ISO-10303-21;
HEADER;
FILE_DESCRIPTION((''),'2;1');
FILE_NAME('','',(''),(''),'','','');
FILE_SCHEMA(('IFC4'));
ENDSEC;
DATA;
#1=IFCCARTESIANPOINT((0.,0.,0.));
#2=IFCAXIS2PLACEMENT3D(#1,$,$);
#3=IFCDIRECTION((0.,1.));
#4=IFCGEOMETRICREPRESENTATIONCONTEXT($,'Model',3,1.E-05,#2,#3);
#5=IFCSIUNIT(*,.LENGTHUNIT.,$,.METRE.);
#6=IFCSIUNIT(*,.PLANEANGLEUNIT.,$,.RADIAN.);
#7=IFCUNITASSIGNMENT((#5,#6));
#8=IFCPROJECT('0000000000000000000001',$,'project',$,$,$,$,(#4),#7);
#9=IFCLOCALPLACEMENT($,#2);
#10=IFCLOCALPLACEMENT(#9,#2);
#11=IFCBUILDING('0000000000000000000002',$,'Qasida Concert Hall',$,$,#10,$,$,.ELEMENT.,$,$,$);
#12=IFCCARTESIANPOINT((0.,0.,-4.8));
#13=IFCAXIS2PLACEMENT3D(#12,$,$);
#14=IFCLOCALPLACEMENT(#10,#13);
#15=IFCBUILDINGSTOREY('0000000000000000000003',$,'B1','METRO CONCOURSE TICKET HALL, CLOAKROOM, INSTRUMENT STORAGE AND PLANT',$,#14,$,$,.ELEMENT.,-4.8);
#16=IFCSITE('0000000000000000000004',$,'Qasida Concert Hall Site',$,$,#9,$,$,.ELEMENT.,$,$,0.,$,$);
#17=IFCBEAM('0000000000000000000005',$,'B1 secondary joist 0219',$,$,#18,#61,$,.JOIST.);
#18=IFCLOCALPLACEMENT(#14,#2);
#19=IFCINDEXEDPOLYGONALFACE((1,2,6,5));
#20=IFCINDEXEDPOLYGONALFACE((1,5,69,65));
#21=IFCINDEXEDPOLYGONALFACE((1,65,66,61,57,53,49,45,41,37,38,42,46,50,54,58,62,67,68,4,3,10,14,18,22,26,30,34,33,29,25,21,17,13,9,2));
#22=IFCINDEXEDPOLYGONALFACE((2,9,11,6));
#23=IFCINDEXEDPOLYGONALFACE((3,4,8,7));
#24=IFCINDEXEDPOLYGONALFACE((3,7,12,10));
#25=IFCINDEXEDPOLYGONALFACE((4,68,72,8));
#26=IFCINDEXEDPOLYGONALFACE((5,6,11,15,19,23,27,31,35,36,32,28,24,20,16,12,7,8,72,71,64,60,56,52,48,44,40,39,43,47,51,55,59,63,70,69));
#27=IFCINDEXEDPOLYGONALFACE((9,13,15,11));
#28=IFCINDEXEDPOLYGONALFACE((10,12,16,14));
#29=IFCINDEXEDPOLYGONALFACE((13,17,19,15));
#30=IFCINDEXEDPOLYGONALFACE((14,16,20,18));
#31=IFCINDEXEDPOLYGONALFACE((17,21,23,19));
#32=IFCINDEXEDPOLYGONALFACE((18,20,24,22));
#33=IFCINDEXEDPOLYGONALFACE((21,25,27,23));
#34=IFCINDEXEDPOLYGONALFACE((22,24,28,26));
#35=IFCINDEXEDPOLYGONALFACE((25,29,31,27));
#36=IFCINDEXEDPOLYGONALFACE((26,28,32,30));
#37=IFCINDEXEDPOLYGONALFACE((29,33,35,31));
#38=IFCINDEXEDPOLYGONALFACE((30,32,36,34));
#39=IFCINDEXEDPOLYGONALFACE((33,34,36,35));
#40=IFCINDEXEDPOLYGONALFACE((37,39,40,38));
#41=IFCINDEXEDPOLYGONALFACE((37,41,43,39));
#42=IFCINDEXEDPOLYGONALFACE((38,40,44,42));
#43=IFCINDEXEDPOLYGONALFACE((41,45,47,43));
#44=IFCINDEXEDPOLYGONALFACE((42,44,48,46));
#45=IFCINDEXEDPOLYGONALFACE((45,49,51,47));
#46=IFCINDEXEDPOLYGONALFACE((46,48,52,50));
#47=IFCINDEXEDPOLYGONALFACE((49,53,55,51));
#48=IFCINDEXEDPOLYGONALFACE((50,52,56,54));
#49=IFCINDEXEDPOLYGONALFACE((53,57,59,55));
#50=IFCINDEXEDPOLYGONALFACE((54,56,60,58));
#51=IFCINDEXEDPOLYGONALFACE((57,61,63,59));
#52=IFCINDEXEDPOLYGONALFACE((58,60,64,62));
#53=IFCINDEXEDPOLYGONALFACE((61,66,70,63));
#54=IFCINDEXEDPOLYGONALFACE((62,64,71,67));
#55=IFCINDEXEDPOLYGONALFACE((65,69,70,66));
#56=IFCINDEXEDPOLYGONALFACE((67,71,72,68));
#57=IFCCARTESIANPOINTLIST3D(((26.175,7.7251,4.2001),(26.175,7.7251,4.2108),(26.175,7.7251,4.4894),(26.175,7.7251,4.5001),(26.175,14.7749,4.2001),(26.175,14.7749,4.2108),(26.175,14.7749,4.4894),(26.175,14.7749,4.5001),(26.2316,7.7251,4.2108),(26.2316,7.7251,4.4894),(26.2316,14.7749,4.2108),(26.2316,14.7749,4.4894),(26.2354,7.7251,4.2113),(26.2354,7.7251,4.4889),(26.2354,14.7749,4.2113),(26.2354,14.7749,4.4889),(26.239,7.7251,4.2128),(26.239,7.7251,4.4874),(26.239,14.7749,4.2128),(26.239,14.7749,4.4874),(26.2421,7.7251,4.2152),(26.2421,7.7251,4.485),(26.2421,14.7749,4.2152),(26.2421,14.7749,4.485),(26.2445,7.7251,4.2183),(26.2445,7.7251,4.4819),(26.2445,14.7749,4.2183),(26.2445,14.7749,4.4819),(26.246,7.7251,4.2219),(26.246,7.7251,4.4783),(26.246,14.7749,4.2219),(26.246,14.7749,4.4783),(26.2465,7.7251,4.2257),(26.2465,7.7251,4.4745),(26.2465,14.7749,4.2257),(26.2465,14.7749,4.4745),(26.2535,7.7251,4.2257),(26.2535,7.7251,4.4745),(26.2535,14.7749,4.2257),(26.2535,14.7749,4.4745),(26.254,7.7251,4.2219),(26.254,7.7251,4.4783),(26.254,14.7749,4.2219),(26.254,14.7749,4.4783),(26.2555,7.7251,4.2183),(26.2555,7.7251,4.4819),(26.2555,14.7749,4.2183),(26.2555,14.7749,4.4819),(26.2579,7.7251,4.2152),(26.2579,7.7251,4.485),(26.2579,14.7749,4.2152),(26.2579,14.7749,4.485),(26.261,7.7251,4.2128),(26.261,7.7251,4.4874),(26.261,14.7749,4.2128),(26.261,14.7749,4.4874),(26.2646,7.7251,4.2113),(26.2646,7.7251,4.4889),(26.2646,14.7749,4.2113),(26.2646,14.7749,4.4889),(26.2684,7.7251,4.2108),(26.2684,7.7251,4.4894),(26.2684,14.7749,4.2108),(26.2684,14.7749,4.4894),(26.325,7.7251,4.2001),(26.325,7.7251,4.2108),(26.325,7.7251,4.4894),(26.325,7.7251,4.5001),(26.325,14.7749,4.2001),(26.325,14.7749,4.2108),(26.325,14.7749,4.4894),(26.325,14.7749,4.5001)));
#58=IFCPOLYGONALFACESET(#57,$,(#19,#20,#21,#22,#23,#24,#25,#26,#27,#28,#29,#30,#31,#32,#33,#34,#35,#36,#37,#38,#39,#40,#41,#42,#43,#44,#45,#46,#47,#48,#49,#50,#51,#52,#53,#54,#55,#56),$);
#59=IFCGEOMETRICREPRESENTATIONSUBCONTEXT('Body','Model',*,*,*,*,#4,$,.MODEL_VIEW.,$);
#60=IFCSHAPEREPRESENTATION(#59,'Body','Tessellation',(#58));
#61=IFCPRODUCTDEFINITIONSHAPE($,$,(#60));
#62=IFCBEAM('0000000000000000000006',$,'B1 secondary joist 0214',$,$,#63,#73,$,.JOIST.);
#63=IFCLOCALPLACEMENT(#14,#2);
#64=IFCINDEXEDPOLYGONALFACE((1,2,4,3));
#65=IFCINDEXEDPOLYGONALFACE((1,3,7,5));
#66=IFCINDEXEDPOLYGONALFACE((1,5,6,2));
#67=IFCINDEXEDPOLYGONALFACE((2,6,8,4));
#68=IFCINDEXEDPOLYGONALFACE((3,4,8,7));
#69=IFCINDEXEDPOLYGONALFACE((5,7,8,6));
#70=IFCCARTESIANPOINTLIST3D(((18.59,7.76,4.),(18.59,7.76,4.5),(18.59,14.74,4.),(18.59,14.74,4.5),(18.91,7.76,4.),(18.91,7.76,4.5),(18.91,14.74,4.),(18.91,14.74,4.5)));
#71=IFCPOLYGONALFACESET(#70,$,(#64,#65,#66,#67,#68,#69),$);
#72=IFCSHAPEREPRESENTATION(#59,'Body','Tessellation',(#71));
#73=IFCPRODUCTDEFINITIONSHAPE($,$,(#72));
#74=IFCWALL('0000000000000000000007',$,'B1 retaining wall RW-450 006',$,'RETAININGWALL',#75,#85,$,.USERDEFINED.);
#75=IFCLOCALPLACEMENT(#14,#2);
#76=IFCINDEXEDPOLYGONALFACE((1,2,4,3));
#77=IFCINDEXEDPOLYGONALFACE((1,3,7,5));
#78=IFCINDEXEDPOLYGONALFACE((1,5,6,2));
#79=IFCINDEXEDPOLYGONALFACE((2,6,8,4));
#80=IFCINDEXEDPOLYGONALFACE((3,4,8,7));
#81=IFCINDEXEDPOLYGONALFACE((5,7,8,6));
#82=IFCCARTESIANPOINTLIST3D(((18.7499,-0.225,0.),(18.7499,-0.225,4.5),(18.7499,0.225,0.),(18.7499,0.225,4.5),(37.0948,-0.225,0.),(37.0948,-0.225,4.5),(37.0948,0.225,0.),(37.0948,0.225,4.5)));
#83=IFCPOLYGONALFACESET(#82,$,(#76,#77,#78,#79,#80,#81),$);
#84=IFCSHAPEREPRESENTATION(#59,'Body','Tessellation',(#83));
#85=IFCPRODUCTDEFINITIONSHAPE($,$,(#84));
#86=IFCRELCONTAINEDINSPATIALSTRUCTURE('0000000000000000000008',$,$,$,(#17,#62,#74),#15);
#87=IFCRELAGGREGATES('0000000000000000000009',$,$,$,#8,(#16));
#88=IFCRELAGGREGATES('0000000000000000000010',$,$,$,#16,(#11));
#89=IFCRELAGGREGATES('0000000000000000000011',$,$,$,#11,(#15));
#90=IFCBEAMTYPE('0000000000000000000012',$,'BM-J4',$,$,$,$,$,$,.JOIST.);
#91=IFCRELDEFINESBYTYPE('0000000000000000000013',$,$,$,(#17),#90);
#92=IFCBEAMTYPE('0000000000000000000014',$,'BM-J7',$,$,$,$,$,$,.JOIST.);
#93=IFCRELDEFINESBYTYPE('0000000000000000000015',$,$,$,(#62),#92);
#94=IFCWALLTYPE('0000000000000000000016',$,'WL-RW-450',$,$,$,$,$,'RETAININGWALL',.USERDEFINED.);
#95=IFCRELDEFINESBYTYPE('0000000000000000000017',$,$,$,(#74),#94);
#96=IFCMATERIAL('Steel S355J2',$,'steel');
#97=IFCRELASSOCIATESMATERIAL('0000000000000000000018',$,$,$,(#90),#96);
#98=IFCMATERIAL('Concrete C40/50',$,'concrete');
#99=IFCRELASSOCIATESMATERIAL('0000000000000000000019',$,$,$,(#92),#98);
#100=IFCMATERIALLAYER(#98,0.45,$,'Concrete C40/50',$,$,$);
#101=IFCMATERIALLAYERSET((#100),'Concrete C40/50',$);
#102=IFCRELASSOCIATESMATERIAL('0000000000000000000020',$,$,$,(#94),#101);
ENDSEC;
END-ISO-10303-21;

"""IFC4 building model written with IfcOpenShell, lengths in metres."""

from ifc_helpers import new_model, si_unit, direction, frame, frame_2d, origin, origin_2d, place, context, subcontext, project, spatial, rectangle, i_section, extrude, material, layer, layer_set, material_profile, profile_set, type_object, element, save


model = new_model("IFC4")

# Units and contexts
model_context = context("Model", 3, precision=1e-05, world=origin(), true_north=direction((0.0, 1.0)))
body_context = subcontext(model_context, "Body", "Model", "MODEL_VIEW")
ifc_project = project(units=[si_unit("LENGTHUNIT", "METRE"), si_unit("PLANEANGLEUNIT", "RADIAN")], contexts=[model_context])

# Site, building, storey
site_placement = place(None, origin())
site = spatial("IfcSite", under=ifc_project, at=site_placement, Name="Qasida Concert Hall Site", CompositionType="ELEMENT", RefElevation=0.0)
building_placement = place(site_placement, origin())
building = spatial("IfcBuilding", under=site, at=building_placement, Name="Qasida Concert Hall", CompositionType="ELEMENT")
storey_placement = place(building_placement, frame((0.0, 0.0, -4.8)))
storey = spatial("IfcBuildingStorey", under=building, at=storey_placement, Name="B1", Description="METRO CONCOURSE TICKET HALL, CLOAKROOM, INSTRUMENT STORAGE AND PLANT", CompositionType="ELEMENT", Elevation=-4.8)

# Shared definitions
ifc_material_1 = material(Name="Concrete C40/50", Category="concrete")

# Beams
ifc_material_2 = material(Name="Steel S355J2", Category="steel")
ifc_material_profile_1 = material_profile(ifc_material_2, i_section(OverallWidth=0.1499, OverallDepth=0.3, WebThickness=0.0071, FlangeThickness=0.0107, FilletRadius=0.0149, at=origin_2d()), Name="IPE 300")
ifc_profile_set_1 = profile_set([ifc_material_profile_1], Name="Steel S355J2")
beam_type_1 = type_object("IfcBeamType", Name="BM-J4", PredefinedType="JOIST", material=ifc_profile_set_1)
beam_1_placement = place(storey_placement, frame((26.25, 7.7251, 4.3501), z_axis=(0.0, 1.0, 0.0), x_axis=(-1.0, 0.0, 0.0)))
element("IfcBeam", 1, at=beam_1_placement, inside=storey, type_object=beam_type_1, Name="B1 secondary joist 0219", PredefinedType="JOIST", context=body_context, shape_type="SweptSolid", body=[
    extrude(i_section(OverallWidth=0.1499, OverallDepth=0.3, WebThickness=0.0071, FlangeThickness=0.0107, FilletRadius=0.0149, at=origin_2d()), origin(), (0.0, 0.0, 1.0), 7.0498),
])
ifc_material_profile_2 = material_profile(ifc_material_1, rectangle(XDim=0.3201, YDim=0.5, at=origin_2d()), Name="RC 320x500")
ifc_profile_set_2 = profile_set([ifc_material_profile_2], Name="Concrete C40/50")
beam_type_2 = type_object("IfcBeamType", Name="BM-J7", PredefinedType="JOIST", material=ifc_profile_set_2)
beam_2_placement = place(storey_placement, frame((18.75, 7.76, 4.25), z_axis=(0.0, 1.0, 0.0), x_axis=(-1.0, 0.0, 0.0)))
element("IfcBeam", 2, at=beam_2_placement, inside=storey, type_object=beam_type_2, Name="B1 secondary joist 0214", PredefinedType="JOIST", context=body_context, shape_type="SweptSolid", body=[
    extrude(rectangle(XDim=0.3201, YDim=0.5, at=origin_2d()), origin(), (0.0, 0.0, 1.0), 6.98),
])

# Wall
ifc_layer = layer(ifc_material_1, 0.45, Name="Concrete C40/50")
ifc_layer_set = layer_set([ifc_layer], Name="Concrete C40/50")
wall_type = type_object("IfcWallType", Name="WL-RW-450", ElementType="RETAININGWALL", PredefinedType="USERDEFINED", material=ifc_layer_set)
wall_placement = place(storey_placement, frame((18.75, 0.0, 0.0), z_axis=(0.0, 0.0, 1.0), x_axis=(1.0, 0.0, 0.0)))
element("IfcWall", 3, at=wall_placement, inside=storey, type_object=wall_type, Name="B1 retaining wall RW-450 006", ObjectType="RETAININGWALL", PredefinedType="USERDEFINED", context=body_context, shape_type="SweptSolid", body=[
    extrude(rectangle(XDim=18.345, YDim=0.45, at=frame_2d((9.1724, 0.0))), origin(), (0.0, 0.0, 1.0), 4.5),
])

save(model, "model.ifc")
